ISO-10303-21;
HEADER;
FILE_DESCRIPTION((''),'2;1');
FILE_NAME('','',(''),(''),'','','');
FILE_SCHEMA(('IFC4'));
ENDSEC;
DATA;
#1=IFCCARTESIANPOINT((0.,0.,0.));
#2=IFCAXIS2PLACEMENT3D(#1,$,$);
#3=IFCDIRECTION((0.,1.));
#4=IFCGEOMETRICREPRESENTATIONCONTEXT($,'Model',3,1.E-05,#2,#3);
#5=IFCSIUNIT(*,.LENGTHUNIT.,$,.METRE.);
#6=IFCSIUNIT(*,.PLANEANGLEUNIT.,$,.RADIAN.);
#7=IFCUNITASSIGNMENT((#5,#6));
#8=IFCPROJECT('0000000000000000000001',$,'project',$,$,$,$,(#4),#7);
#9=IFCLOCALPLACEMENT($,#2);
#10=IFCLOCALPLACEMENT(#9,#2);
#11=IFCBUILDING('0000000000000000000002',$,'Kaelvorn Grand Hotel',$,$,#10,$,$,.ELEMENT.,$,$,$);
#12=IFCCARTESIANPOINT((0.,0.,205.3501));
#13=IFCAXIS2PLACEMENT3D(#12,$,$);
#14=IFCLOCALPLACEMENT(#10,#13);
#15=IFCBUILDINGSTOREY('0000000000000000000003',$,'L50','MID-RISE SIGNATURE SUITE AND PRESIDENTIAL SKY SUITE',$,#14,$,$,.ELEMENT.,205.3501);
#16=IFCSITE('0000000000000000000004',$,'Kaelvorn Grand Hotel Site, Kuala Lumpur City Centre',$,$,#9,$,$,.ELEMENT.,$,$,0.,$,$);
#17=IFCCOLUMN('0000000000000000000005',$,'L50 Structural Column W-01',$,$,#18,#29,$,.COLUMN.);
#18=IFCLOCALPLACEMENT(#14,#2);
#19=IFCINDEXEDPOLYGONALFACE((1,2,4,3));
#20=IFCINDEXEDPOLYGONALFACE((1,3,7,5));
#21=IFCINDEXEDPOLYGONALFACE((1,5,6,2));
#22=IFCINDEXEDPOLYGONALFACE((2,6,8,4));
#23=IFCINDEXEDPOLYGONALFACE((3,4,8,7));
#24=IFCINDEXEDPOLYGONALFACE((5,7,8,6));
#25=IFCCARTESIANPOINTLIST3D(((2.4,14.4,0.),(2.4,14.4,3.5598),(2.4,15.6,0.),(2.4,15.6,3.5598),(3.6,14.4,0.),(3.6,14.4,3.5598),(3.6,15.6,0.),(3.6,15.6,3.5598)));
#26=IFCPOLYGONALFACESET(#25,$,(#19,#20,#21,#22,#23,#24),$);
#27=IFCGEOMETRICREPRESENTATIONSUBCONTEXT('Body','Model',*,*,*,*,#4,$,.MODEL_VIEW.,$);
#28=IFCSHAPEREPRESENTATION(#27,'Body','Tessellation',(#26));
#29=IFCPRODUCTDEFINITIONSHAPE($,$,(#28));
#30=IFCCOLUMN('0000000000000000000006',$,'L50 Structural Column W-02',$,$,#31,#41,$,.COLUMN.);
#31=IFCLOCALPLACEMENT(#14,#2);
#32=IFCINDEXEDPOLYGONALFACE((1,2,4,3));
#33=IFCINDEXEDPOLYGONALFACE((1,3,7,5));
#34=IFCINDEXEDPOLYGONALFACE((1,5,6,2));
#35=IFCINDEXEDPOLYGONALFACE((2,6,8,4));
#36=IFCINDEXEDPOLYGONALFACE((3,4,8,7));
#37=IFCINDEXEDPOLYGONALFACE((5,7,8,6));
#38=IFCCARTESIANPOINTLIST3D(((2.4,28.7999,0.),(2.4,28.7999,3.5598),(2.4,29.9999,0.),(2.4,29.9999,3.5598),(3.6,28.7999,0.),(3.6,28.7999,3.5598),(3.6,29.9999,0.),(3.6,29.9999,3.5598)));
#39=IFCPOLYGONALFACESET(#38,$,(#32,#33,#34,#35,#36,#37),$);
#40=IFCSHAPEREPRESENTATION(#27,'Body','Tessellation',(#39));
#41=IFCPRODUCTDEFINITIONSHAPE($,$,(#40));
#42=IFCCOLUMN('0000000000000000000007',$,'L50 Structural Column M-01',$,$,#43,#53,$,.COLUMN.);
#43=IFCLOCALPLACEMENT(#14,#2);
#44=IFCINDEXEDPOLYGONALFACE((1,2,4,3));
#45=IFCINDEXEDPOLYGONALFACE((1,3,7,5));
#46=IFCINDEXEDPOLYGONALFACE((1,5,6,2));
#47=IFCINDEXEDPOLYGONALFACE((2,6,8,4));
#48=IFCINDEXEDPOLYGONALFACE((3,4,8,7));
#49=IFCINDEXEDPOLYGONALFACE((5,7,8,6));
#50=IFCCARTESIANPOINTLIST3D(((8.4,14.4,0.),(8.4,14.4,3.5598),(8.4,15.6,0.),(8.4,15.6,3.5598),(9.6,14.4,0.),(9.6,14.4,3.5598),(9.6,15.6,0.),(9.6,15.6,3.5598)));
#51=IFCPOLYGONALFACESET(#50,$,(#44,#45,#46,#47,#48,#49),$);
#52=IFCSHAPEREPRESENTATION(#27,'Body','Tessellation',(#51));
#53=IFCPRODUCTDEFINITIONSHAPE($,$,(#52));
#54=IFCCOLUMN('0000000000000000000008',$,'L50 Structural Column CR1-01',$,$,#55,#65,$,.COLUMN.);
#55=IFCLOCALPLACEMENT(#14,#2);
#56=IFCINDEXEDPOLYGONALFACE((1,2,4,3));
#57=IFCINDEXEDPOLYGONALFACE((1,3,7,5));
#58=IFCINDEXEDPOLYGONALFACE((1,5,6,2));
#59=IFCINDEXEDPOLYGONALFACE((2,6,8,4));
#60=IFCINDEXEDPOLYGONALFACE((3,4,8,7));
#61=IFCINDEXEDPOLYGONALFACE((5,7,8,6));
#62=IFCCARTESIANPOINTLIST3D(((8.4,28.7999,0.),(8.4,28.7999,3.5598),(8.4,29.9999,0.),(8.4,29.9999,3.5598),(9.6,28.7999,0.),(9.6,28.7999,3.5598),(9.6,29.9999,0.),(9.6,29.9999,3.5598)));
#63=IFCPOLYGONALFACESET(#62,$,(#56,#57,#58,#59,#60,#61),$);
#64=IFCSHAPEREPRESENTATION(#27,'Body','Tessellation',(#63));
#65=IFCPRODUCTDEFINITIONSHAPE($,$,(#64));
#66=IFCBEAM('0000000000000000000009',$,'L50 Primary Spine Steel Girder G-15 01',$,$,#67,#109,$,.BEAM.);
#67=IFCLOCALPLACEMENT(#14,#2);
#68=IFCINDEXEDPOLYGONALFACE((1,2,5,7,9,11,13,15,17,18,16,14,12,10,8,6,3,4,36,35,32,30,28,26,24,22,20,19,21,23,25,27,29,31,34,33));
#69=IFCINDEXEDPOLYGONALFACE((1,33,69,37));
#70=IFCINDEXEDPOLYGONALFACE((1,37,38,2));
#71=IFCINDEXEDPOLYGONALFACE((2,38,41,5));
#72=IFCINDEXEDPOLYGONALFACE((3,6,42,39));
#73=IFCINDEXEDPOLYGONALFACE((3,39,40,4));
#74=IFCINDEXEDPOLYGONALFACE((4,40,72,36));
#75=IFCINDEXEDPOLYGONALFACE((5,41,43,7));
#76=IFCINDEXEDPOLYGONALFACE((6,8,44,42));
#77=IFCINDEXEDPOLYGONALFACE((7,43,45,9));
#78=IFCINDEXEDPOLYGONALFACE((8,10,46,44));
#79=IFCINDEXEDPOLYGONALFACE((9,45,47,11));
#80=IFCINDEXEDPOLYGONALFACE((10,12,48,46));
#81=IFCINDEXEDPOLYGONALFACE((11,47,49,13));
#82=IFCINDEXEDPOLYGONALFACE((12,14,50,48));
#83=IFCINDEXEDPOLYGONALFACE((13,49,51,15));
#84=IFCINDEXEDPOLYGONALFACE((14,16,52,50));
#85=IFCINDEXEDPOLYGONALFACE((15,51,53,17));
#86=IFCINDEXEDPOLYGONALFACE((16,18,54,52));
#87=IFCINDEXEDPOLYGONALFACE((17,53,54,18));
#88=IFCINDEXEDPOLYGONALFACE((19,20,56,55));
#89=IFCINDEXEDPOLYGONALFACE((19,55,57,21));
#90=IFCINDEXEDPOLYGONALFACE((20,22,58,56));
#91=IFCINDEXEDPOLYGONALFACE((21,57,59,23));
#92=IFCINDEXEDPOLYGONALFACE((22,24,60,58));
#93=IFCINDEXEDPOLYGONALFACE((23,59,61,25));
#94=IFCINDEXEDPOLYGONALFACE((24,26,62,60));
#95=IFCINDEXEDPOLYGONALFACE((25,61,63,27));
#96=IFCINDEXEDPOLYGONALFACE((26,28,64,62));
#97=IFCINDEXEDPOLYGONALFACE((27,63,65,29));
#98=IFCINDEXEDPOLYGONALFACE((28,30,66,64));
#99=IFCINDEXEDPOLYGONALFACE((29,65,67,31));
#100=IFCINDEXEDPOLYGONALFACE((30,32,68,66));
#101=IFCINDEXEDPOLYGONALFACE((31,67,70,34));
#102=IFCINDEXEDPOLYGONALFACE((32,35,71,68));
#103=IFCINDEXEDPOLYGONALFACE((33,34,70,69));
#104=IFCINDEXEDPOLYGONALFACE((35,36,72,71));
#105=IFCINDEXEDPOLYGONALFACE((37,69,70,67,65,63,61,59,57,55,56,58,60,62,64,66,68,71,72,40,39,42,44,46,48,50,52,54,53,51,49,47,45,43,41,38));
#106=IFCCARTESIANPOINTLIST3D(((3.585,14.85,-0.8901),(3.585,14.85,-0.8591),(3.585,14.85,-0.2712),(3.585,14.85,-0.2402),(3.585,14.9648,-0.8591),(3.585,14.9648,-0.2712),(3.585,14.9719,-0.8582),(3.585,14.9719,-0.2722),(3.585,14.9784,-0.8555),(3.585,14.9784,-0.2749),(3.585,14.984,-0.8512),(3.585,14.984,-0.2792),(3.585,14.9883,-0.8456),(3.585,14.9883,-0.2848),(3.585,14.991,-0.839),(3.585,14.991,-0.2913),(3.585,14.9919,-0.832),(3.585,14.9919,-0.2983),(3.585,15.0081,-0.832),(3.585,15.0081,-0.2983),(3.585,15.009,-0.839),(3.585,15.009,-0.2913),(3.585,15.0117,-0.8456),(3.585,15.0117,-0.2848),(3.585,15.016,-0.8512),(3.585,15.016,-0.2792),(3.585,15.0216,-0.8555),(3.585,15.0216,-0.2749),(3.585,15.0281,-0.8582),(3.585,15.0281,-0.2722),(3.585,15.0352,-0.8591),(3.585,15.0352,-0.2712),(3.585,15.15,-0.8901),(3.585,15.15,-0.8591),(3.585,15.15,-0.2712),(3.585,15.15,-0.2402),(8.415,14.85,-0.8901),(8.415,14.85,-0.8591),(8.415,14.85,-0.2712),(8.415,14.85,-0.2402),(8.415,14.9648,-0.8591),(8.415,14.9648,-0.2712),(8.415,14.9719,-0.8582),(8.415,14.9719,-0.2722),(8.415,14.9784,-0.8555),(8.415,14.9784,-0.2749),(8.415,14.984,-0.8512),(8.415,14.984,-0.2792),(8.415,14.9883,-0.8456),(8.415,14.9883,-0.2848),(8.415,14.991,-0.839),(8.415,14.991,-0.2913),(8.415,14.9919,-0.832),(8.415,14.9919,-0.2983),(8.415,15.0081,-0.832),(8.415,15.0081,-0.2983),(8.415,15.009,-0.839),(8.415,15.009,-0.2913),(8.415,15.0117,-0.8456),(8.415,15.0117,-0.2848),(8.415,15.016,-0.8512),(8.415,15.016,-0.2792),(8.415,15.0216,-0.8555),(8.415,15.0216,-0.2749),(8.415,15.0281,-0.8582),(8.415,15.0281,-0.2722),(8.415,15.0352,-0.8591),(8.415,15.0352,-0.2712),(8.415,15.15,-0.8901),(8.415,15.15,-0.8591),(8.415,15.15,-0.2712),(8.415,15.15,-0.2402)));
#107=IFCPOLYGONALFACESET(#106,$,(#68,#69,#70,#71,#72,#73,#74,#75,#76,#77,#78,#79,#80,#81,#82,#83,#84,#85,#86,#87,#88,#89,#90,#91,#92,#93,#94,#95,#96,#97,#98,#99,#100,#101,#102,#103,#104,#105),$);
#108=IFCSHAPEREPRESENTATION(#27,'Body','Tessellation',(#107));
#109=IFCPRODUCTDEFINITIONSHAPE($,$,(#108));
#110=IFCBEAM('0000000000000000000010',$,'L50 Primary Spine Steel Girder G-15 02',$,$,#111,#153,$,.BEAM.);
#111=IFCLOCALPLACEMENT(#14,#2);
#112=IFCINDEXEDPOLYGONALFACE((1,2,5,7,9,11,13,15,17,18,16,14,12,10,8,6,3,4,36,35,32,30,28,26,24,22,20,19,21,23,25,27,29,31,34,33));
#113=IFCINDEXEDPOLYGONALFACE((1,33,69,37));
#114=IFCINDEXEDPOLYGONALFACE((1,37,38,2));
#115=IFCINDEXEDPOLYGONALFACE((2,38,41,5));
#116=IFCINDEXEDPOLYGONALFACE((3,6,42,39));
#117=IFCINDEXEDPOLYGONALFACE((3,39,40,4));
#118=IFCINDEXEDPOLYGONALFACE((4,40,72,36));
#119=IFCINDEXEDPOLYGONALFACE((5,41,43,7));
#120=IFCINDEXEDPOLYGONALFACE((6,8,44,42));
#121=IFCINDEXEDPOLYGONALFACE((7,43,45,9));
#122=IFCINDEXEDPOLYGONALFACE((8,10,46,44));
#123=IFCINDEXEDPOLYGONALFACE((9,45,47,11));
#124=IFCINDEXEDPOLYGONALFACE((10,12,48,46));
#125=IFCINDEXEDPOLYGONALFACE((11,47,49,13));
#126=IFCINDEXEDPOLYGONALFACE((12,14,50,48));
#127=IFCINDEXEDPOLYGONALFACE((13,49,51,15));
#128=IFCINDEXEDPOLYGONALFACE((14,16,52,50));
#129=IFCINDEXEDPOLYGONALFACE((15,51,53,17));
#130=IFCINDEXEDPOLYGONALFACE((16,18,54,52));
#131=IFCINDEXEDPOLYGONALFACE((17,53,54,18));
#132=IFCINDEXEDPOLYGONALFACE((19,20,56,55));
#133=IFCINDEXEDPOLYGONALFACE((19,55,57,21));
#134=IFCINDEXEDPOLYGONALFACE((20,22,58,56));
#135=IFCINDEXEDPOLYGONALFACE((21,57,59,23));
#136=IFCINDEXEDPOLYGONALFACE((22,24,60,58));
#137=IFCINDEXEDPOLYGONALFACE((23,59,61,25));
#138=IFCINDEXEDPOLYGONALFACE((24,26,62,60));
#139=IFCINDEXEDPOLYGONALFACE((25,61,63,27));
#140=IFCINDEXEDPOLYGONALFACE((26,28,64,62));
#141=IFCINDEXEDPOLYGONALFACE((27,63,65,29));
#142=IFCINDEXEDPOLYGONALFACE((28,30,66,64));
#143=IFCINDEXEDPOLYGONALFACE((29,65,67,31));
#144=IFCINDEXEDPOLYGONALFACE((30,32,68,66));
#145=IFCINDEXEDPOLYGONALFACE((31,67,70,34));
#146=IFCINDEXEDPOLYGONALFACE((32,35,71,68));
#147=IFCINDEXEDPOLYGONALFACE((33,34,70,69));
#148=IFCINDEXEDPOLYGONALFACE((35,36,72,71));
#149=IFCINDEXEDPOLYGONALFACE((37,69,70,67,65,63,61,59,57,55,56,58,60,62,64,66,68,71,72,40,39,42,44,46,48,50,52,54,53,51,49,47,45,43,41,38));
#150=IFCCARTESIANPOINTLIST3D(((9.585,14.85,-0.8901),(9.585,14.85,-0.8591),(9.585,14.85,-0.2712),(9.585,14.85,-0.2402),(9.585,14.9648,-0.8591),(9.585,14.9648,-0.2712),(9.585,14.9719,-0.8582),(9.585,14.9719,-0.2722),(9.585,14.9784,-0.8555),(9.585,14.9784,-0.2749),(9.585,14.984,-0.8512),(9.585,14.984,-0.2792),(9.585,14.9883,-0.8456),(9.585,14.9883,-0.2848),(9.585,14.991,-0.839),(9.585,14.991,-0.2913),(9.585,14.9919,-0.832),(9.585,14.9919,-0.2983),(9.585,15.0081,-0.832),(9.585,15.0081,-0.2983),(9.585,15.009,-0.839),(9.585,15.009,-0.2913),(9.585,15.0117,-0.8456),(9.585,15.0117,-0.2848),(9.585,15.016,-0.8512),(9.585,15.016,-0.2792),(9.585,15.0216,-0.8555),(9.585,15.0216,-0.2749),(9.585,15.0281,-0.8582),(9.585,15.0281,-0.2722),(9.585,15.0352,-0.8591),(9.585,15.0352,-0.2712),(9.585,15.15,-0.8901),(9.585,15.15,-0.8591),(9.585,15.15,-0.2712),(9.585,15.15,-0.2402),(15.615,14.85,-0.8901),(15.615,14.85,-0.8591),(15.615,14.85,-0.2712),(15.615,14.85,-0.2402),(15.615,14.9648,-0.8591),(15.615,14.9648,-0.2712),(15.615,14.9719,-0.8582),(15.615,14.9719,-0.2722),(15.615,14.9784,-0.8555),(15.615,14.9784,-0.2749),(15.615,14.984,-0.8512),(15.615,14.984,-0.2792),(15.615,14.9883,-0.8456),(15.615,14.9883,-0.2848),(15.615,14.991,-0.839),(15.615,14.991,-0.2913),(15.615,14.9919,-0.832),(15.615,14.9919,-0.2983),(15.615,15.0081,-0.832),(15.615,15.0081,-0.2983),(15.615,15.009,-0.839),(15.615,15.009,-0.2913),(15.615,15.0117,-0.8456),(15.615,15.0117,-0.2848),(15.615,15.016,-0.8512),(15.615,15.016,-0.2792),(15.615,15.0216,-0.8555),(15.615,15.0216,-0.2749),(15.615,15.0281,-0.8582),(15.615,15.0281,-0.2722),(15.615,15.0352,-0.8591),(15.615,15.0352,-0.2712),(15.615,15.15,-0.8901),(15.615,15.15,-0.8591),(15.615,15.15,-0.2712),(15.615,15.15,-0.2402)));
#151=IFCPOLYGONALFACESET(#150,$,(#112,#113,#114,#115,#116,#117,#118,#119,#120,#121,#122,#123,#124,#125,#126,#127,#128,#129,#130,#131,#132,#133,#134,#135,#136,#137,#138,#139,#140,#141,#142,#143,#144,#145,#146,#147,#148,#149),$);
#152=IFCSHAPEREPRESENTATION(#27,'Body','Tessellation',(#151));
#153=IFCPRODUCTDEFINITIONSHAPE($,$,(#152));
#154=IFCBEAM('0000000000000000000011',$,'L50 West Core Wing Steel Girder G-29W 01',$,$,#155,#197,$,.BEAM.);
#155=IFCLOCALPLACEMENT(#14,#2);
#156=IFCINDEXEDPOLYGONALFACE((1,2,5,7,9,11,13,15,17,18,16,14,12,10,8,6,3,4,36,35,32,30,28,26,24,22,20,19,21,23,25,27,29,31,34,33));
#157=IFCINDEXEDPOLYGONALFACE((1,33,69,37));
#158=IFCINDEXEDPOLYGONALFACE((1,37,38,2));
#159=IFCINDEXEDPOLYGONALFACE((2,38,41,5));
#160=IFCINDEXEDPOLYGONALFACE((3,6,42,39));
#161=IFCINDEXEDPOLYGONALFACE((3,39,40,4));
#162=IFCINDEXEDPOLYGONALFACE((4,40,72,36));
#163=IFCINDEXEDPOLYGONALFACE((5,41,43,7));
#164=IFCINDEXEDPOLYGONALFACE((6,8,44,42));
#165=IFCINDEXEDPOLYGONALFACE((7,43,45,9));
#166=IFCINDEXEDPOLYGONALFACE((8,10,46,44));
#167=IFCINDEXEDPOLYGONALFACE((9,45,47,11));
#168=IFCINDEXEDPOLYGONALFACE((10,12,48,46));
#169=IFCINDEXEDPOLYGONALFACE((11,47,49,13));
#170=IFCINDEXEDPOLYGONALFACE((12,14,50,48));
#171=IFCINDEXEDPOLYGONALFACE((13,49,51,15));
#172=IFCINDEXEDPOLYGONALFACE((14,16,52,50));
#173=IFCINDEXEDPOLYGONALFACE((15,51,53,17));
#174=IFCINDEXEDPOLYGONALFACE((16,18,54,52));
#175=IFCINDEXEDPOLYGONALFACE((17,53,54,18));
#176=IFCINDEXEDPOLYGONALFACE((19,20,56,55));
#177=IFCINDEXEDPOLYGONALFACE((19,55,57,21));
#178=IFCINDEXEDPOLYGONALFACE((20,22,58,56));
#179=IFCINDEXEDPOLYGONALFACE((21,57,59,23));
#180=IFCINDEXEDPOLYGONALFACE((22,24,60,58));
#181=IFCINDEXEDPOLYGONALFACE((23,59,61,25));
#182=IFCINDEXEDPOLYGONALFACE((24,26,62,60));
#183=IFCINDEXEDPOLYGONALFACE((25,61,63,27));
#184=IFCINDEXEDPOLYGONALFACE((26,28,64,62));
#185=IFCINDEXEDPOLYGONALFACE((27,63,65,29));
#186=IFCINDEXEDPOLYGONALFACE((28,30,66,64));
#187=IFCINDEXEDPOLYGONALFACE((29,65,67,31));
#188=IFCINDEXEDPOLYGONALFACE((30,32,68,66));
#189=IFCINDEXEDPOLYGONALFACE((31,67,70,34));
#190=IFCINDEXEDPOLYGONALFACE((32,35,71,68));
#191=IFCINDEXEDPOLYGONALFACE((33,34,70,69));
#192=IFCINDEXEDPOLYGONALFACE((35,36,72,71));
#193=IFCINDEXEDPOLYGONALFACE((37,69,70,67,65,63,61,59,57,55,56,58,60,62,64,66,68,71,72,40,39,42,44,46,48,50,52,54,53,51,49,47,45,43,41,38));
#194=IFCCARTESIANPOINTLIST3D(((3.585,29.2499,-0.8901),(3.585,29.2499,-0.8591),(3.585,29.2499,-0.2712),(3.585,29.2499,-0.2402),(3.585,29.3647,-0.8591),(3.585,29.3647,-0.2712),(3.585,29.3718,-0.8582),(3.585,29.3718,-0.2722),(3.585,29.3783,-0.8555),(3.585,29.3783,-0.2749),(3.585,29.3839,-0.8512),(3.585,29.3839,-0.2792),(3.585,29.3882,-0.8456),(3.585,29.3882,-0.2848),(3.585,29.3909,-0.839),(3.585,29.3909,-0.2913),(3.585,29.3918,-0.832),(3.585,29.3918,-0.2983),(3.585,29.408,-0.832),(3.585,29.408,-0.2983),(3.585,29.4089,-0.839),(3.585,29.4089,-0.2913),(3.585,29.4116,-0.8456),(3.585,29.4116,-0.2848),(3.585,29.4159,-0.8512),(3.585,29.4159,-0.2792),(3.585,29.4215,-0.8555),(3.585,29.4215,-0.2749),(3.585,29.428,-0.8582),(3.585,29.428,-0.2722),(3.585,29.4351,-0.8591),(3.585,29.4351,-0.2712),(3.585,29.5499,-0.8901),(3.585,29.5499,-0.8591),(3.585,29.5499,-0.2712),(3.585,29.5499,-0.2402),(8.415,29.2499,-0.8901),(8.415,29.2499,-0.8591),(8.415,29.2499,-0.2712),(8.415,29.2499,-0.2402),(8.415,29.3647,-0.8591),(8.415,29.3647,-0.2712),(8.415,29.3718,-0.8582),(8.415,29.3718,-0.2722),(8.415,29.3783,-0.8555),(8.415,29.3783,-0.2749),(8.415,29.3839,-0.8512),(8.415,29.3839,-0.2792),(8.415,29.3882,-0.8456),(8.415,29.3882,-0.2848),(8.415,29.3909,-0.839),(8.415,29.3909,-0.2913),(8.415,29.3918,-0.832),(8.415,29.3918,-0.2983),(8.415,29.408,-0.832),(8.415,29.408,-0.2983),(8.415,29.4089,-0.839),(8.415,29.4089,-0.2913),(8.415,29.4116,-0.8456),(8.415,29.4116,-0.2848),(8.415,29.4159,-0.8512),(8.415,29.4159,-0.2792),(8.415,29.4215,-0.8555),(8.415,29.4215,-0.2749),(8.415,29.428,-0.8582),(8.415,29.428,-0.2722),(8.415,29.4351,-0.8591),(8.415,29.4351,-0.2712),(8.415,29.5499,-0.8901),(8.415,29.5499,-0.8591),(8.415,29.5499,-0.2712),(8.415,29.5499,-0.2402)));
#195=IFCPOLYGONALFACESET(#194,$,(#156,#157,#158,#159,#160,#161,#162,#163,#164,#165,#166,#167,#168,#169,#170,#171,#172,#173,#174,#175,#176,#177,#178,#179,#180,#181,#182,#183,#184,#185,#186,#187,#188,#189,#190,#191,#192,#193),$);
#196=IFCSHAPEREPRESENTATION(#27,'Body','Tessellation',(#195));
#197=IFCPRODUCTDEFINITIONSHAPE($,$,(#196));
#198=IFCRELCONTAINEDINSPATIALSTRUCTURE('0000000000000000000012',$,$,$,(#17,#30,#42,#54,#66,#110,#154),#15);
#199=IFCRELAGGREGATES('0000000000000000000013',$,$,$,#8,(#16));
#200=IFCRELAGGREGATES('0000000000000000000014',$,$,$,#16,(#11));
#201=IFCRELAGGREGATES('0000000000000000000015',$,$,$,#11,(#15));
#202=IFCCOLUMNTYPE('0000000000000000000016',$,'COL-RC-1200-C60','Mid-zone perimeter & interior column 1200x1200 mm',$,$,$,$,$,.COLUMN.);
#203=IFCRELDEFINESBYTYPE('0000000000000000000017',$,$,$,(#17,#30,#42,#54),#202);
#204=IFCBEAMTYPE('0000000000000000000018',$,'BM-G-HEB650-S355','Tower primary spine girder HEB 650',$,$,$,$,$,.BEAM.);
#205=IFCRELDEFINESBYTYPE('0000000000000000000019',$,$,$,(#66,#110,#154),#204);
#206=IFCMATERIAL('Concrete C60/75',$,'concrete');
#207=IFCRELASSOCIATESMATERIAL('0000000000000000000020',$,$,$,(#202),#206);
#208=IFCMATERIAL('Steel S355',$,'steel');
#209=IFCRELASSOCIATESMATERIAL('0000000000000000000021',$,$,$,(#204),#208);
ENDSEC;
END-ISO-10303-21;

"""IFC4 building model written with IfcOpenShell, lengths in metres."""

from ifc_helpers import new_model, si_unit, direction, frame, origin, origin_2d, place, context, subcontext, project, spatial, rectangle, i_section, extrude, material, material_profile, profile_set, type_object, element, save


model = new_model("IFC4")

# Units and contexts
model_context = context("Model", 3, precision=1e-05, world=origin(), true_north=direction((0.0, 1.0)))
body_context = subcontext(model_context, "Body", "Model", "MODEL_VIEW")
ifc_project = project(units=[si_unit("LENGTHUNIT", "METRE"), si_unit("PLANEANGLEUNIT", "RADIAN")], contexts=[model_context])

# Site, building, storey
site_placement = place(None, origin())
site = spatial("IfcSite", under=ifc_project, at=site_placement, Name="Kaelvorn Grand Hotel Site, Kuala Lumpur City Centre", CompositionType="ELEMENT", RefElevation=0.0)
building_placement = place(site_placement, origin())
building = spatial("IfcBuilding", under=site, at=building_placement, Name="Kaelvorn Grand Hotel", CompositionType="ELEMENT")
storey_placement = place(building_placement, frame((0.0, 0.0, 205.3501)))
storey = spatial("IfcBuildingStorey", under=building, at=storey_placement, Name="L50", Description="MID-RISE SIGNATURE SUITE AND PRESIDENTIAL SKY SUITE", CompositionType="ELEMENT", Elevation=205.3501)

# Columns
ifc_material_1 = material(Name="Concrete C60/75", Category="concrete")
ifc_material_profile_1 = material_profile(ifc_material_1, rectangle(XDim=1.2, YDim=1.2, at=origin_2d()), Name="RC COL 1200x1200")
ifc_profile_set_1 = profile_set([ifc_material_profile_1], Name="Concrete C60/75")
column_type = type_object("IfcColumnType", Name="COL-RC-1200-C60", Description="Mid-zone perimeter & interior column 1200x1200 mm", PredefinedType="COLUMN", material=ifc_profile_set_1)
for number, where, z_axis, x_axis, name in (
    (1, (3.0, 15.0, 0.0), (0.0, 0.0, 1.0), (1.0, 0.0, 0.0), "L50 Structural Column W-01"),
    (2, (3.0, 29.3999, 0.0), (0.0, 0.0, 1.0), (1.0, 0.0, 0.0), "L50 Structural Column W-02"),
    (3, (9.0, 15.0, 0.0), (0.0, 0.0, 1.0), (1.0, 0.0, 0.0), "L50 Structural Column M-01"),
    (4, (9.0, 29.3999, 0.0), (0.0, 0.0, 1.0), (1.0, 0.0, 0.0), "L50 Structural Column CR1-01"),
):
    element("IfcColumn", number, at=place(storey_placement, frame(where, z_axis=z_axis, x_axis=x_axis)), inside=storey, type_object=column_type, Name=name, PredefinedType="COLUMN", context=body_context, shape_type="SweptSolid", body=[
        extrude(rectangle(XDim=1.2, YDim=1.2, at=origin_2d()), origin(), (0.0, 0.0, 1.0), 3.5598),
    ])

# Beams
ifc_material_2 = material(Name="Steel S355", Category="steel")
ifc_material_profile_2 = material_profile(ifc_material_2, i_section(OverallWidth=0.3, OverallDepth=0.6499, WebThickness=0.0161, FlangeThickness=0.031, FilletRadius=0.0271, at=origin_2d()), Name="HEB 650")
ifc_profile_set_2 = profile_set([ifc_material_profile_2], Name="Steel S355")
beam_type_1 = type_object("IfcBeamType", Name="BM-G-HEB650-S355", Description="Tower primary spine girder HEB 650", PredefinedType="BEAM", material=ifc_profile_set_2)
beam_1_placement = place(storey_placement, frame((3.585, 15.0, -0.5652), z_axis=(1.0, 0.0, 0.0), x_axis=(0.0, 1.0, 0.0)))
element("IfcBeam", 5, at=beam_1_placement, inside=storey, type_object=beam_type_1, Name="L50 Primary Spine Steel Girder G-15 01", PredefinedType="BEAM", context=body_context, shape_type="SweptSolid", body=[
    extrude(i_section(OverallWidth=0.3, OverallDepth=0.6499, WebThickness=0.0161, FlangeThickness=0.031, FilletRadius=0.0271, at=origin_2d()), origin(), (0.0, 0.0, 1.0), 4.8301),
])
beam_2_placement = place(storey_placement, frame((9.585, 15.0, -0.5652), z_axis=(1.0, 0.0, 0.0), x_axis=(0.0, 1.0, 0.0)))
element("IfcBeam", 6, at=beam_2_placement, inside=storey, type_object=beam_type_1, Name="L50 Primary Spine Steel Girder G-15 02", PredefinedType="BEAM", context=body_context, shape_type="SweptSolid", body=[
    extrude(i_section(OverallWidth=0.3, OverallDepth=0.6499, WebThickness=0.0161, FlangeThickness=0.031, FilletRadius=0.0271, at=origin_2d()), origin(), (0.0, 0.0, 1.0), 6.03),
])
beam_3_placement = place(storey_placement, frame((3.585, 29.3999, -0.5652), z_axis=(1.0, 0.0, 0.0), x_axis=(0.0, 1.0, 0.0)))
element("IfcBeam", 7, at=beam_3_placement, inside=storey, type_object=beam_type_1, Name="L50 West Core Wing Steel Girder G-29W 01", PredefinedType="BEAM", context=body_context, shape_type="SweptSolid", body=[
    extrude(i_section(OverallWidth=0.3, OverallDepth=0.6499, WebThickness=0.0161, FlangeThickness=0.031, FilletRadius=0.0271, at=origin_2d()), origin(), (0.0, 0.0, 1.0), 4.8301),
])

save(model, "model.ifc")
